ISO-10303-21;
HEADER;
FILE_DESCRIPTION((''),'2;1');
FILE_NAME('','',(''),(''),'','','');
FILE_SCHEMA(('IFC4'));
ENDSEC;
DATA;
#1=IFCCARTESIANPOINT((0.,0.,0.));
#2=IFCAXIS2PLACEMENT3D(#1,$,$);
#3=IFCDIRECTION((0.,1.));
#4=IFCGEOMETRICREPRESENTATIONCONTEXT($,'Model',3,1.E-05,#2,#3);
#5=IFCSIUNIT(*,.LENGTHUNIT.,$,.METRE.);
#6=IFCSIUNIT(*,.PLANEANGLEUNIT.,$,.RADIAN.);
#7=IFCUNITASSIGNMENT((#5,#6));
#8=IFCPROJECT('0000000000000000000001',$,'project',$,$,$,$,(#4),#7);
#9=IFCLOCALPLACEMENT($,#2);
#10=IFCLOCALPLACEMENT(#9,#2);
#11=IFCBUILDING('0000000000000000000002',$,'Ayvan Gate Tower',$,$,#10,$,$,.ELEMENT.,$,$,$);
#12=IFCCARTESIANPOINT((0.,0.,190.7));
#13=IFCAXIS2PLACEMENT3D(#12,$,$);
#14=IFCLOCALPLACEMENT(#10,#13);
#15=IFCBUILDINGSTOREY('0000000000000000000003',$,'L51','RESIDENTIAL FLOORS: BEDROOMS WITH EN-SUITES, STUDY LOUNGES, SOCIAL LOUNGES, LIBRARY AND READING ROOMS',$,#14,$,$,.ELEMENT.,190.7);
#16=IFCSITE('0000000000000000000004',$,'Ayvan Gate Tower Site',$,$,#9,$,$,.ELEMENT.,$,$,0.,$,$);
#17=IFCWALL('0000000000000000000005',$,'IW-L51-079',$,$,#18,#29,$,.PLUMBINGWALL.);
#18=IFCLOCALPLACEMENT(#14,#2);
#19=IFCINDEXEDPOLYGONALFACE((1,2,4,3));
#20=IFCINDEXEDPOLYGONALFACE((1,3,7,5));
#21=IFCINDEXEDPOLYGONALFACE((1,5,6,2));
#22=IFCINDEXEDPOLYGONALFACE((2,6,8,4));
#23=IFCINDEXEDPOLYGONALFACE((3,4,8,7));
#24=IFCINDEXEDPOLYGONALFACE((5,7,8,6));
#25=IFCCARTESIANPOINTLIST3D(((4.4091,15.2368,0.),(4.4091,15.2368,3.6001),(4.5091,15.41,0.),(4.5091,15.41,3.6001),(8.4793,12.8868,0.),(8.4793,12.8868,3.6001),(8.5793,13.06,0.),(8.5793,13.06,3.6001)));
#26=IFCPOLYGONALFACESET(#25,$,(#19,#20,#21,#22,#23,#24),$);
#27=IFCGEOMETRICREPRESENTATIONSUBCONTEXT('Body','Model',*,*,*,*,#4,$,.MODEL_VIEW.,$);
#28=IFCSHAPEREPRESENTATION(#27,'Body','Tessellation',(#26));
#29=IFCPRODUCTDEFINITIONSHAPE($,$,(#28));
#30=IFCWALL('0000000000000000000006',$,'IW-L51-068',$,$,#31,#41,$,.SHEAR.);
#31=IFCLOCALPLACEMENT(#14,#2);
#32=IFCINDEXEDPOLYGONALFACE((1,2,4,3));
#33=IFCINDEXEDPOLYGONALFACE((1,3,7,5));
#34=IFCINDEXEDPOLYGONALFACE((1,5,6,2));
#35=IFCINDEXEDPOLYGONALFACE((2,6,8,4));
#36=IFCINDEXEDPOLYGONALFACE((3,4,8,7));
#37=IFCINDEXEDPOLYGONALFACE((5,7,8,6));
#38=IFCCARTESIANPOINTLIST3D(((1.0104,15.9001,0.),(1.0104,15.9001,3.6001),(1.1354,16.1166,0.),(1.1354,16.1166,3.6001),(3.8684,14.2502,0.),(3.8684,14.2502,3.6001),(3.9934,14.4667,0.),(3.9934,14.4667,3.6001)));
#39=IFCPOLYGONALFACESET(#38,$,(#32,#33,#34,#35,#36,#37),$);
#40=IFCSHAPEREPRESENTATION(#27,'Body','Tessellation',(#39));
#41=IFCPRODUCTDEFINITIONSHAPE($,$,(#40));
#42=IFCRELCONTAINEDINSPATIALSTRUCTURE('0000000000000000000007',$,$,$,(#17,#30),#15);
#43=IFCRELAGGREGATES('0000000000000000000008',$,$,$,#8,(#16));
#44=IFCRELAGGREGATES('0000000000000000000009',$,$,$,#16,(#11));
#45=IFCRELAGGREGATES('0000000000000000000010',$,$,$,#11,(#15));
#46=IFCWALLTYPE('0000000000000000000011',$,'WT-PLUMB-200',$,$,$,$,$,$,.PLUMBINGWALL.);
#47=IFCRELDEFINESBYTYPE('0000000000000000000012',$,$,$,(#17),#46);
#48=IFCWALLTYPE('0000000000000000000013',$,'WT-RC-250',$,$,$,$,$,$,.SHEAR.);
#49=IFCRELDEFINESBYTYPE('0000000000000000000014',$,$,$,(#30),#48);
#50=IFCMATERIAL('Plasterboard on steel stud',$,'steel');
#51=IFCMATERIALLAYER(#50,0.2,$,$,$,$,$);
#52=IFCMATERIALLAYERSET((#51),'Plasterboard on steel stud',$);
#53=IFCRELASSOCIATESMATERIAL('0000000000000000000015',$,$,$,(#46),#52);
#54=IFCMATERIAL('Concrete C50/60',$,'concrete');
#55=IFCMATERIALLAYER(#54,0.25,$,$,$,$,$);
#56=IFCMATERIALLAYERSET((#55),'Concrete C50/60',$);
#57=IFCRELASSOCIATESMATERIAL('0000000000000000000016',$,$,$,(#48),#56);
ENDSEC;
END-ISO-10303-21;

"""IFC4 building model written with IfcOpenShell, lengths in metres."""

from ifc_helpers import new_model, si_unit, direction, frame, frame_2d, origin, place, context, subcontext, project, spatial, rectangle, extrude, material, layer, layer_set, type_object, element, save


model = new_model("IFC4")

# Units and contexts
model_context = context("Model", 3, precision=1e-05, world=origin(), true_north=direction((0.0, 1.0)))
body_context = subcontext(model_context, "Body", "Model", "MODEL_VIEW")
ifc_project = project(units=[si_unit("LENGTHUNIT", "METRE"), si_unit("PLANEANGLEUNIT", "RADIAN")], contexts=[model_context])

# Site, building, storey
site_placement = place(None, origin())
site = spatial("IfcSite", under=ifc_project, at=site_placement, Name="Ayvan Gate Tower Site", CompositionType="ELEMENT", RefElevation=0.0)
building_placement = place(site_placement, origin())
building = spatial("IfcBuilding", under=site, at=building_placement, Name="Ayvan Gate Tower", CompositionType="ELEMENT")
storey_placement = place(building_placement, frame((0.0, 0.0, 190.7)))
storey = spatial("IfcBuildingStorey", under=building, at=storey_placement, Name="L51", Description="RESIDENTIAL FLOORS: BEDROOMS WITH EN-SUITES, STUDY LOUNGES, SOCIAL LOUNGES, LIBRARY AND READING ROOMS", CompositionType="ELEMENT", Elevation=190.7)

# Walls
ifc_material_1 = material(Name="Plasterboard on steel stud", Category="steel")
ifc_layer_1 = layer(ifc_material_1, 0.2)
ifc_layer_set_1 = layer_set([ifc_layer_1], Name="Plasterboard on steel stud")
wall_type_1 = type_object("IfcWallType", Name="WT-PLUMB-200", PredefinedType="PLUMBINGWALL", material=ifc_layer_set_1)
wall_1_placement = place(storey_placement, frame((4.459, 15.3235, 0.0), z_axis=(0.0, 0.0, 1.0), x_axis=(0.866016, -0.500016, 0.0)))
element("IfcWall", 1, at=wall_1_placement, inside=storey, type_object=wall_type_1, Name="IW-L51-079", PredefinedType="PLUMBINGWALL", context=body_context, shape_type="SweptSolid", body=[
    extrude(rectangle(XDim=4.7, YDim=0.2, at=frame_2d((2.3501, 0.0))), origin(), (0.0, 0.0, 1.0), 3.6001),
])
ifc_material_2 = material(Name="Concrete C50/60", Category="concrete")
ifc_layer_2 = layer(ifc_material_2, 0.25)
ifc_layer_set_2 = layer_set([ifc_layer_2], Name="Concrete C50/60")
wall_type_2 = type_object("IfcWallType", Name="WT-RC-250", PredefinedType="SHEAR", material=ifc_layer_set_2)
wall_2_placement = place(storey_placement, frame((1.073, 16.0083, 0.0), z_axis=(0.0, 0.0, 1.0), x_axis=(0.86604, -0.499974, 0.0)))
element("IfcWall", 2, at=wall_2_placement, inside=storey, type_object=wall_type_2, Name="IW-L51-068", PredefinedType="SHEAR", context=body_context, shape_type="SweptSolid", body=[
    extrude(rectangle(XDim=3.3, YDim=0.25, at=frame_2d((1.6499, 0.0))), origin(), (0.0, 0.0, 1.0), 3.6001),
])

save(model, "model.ifc")
